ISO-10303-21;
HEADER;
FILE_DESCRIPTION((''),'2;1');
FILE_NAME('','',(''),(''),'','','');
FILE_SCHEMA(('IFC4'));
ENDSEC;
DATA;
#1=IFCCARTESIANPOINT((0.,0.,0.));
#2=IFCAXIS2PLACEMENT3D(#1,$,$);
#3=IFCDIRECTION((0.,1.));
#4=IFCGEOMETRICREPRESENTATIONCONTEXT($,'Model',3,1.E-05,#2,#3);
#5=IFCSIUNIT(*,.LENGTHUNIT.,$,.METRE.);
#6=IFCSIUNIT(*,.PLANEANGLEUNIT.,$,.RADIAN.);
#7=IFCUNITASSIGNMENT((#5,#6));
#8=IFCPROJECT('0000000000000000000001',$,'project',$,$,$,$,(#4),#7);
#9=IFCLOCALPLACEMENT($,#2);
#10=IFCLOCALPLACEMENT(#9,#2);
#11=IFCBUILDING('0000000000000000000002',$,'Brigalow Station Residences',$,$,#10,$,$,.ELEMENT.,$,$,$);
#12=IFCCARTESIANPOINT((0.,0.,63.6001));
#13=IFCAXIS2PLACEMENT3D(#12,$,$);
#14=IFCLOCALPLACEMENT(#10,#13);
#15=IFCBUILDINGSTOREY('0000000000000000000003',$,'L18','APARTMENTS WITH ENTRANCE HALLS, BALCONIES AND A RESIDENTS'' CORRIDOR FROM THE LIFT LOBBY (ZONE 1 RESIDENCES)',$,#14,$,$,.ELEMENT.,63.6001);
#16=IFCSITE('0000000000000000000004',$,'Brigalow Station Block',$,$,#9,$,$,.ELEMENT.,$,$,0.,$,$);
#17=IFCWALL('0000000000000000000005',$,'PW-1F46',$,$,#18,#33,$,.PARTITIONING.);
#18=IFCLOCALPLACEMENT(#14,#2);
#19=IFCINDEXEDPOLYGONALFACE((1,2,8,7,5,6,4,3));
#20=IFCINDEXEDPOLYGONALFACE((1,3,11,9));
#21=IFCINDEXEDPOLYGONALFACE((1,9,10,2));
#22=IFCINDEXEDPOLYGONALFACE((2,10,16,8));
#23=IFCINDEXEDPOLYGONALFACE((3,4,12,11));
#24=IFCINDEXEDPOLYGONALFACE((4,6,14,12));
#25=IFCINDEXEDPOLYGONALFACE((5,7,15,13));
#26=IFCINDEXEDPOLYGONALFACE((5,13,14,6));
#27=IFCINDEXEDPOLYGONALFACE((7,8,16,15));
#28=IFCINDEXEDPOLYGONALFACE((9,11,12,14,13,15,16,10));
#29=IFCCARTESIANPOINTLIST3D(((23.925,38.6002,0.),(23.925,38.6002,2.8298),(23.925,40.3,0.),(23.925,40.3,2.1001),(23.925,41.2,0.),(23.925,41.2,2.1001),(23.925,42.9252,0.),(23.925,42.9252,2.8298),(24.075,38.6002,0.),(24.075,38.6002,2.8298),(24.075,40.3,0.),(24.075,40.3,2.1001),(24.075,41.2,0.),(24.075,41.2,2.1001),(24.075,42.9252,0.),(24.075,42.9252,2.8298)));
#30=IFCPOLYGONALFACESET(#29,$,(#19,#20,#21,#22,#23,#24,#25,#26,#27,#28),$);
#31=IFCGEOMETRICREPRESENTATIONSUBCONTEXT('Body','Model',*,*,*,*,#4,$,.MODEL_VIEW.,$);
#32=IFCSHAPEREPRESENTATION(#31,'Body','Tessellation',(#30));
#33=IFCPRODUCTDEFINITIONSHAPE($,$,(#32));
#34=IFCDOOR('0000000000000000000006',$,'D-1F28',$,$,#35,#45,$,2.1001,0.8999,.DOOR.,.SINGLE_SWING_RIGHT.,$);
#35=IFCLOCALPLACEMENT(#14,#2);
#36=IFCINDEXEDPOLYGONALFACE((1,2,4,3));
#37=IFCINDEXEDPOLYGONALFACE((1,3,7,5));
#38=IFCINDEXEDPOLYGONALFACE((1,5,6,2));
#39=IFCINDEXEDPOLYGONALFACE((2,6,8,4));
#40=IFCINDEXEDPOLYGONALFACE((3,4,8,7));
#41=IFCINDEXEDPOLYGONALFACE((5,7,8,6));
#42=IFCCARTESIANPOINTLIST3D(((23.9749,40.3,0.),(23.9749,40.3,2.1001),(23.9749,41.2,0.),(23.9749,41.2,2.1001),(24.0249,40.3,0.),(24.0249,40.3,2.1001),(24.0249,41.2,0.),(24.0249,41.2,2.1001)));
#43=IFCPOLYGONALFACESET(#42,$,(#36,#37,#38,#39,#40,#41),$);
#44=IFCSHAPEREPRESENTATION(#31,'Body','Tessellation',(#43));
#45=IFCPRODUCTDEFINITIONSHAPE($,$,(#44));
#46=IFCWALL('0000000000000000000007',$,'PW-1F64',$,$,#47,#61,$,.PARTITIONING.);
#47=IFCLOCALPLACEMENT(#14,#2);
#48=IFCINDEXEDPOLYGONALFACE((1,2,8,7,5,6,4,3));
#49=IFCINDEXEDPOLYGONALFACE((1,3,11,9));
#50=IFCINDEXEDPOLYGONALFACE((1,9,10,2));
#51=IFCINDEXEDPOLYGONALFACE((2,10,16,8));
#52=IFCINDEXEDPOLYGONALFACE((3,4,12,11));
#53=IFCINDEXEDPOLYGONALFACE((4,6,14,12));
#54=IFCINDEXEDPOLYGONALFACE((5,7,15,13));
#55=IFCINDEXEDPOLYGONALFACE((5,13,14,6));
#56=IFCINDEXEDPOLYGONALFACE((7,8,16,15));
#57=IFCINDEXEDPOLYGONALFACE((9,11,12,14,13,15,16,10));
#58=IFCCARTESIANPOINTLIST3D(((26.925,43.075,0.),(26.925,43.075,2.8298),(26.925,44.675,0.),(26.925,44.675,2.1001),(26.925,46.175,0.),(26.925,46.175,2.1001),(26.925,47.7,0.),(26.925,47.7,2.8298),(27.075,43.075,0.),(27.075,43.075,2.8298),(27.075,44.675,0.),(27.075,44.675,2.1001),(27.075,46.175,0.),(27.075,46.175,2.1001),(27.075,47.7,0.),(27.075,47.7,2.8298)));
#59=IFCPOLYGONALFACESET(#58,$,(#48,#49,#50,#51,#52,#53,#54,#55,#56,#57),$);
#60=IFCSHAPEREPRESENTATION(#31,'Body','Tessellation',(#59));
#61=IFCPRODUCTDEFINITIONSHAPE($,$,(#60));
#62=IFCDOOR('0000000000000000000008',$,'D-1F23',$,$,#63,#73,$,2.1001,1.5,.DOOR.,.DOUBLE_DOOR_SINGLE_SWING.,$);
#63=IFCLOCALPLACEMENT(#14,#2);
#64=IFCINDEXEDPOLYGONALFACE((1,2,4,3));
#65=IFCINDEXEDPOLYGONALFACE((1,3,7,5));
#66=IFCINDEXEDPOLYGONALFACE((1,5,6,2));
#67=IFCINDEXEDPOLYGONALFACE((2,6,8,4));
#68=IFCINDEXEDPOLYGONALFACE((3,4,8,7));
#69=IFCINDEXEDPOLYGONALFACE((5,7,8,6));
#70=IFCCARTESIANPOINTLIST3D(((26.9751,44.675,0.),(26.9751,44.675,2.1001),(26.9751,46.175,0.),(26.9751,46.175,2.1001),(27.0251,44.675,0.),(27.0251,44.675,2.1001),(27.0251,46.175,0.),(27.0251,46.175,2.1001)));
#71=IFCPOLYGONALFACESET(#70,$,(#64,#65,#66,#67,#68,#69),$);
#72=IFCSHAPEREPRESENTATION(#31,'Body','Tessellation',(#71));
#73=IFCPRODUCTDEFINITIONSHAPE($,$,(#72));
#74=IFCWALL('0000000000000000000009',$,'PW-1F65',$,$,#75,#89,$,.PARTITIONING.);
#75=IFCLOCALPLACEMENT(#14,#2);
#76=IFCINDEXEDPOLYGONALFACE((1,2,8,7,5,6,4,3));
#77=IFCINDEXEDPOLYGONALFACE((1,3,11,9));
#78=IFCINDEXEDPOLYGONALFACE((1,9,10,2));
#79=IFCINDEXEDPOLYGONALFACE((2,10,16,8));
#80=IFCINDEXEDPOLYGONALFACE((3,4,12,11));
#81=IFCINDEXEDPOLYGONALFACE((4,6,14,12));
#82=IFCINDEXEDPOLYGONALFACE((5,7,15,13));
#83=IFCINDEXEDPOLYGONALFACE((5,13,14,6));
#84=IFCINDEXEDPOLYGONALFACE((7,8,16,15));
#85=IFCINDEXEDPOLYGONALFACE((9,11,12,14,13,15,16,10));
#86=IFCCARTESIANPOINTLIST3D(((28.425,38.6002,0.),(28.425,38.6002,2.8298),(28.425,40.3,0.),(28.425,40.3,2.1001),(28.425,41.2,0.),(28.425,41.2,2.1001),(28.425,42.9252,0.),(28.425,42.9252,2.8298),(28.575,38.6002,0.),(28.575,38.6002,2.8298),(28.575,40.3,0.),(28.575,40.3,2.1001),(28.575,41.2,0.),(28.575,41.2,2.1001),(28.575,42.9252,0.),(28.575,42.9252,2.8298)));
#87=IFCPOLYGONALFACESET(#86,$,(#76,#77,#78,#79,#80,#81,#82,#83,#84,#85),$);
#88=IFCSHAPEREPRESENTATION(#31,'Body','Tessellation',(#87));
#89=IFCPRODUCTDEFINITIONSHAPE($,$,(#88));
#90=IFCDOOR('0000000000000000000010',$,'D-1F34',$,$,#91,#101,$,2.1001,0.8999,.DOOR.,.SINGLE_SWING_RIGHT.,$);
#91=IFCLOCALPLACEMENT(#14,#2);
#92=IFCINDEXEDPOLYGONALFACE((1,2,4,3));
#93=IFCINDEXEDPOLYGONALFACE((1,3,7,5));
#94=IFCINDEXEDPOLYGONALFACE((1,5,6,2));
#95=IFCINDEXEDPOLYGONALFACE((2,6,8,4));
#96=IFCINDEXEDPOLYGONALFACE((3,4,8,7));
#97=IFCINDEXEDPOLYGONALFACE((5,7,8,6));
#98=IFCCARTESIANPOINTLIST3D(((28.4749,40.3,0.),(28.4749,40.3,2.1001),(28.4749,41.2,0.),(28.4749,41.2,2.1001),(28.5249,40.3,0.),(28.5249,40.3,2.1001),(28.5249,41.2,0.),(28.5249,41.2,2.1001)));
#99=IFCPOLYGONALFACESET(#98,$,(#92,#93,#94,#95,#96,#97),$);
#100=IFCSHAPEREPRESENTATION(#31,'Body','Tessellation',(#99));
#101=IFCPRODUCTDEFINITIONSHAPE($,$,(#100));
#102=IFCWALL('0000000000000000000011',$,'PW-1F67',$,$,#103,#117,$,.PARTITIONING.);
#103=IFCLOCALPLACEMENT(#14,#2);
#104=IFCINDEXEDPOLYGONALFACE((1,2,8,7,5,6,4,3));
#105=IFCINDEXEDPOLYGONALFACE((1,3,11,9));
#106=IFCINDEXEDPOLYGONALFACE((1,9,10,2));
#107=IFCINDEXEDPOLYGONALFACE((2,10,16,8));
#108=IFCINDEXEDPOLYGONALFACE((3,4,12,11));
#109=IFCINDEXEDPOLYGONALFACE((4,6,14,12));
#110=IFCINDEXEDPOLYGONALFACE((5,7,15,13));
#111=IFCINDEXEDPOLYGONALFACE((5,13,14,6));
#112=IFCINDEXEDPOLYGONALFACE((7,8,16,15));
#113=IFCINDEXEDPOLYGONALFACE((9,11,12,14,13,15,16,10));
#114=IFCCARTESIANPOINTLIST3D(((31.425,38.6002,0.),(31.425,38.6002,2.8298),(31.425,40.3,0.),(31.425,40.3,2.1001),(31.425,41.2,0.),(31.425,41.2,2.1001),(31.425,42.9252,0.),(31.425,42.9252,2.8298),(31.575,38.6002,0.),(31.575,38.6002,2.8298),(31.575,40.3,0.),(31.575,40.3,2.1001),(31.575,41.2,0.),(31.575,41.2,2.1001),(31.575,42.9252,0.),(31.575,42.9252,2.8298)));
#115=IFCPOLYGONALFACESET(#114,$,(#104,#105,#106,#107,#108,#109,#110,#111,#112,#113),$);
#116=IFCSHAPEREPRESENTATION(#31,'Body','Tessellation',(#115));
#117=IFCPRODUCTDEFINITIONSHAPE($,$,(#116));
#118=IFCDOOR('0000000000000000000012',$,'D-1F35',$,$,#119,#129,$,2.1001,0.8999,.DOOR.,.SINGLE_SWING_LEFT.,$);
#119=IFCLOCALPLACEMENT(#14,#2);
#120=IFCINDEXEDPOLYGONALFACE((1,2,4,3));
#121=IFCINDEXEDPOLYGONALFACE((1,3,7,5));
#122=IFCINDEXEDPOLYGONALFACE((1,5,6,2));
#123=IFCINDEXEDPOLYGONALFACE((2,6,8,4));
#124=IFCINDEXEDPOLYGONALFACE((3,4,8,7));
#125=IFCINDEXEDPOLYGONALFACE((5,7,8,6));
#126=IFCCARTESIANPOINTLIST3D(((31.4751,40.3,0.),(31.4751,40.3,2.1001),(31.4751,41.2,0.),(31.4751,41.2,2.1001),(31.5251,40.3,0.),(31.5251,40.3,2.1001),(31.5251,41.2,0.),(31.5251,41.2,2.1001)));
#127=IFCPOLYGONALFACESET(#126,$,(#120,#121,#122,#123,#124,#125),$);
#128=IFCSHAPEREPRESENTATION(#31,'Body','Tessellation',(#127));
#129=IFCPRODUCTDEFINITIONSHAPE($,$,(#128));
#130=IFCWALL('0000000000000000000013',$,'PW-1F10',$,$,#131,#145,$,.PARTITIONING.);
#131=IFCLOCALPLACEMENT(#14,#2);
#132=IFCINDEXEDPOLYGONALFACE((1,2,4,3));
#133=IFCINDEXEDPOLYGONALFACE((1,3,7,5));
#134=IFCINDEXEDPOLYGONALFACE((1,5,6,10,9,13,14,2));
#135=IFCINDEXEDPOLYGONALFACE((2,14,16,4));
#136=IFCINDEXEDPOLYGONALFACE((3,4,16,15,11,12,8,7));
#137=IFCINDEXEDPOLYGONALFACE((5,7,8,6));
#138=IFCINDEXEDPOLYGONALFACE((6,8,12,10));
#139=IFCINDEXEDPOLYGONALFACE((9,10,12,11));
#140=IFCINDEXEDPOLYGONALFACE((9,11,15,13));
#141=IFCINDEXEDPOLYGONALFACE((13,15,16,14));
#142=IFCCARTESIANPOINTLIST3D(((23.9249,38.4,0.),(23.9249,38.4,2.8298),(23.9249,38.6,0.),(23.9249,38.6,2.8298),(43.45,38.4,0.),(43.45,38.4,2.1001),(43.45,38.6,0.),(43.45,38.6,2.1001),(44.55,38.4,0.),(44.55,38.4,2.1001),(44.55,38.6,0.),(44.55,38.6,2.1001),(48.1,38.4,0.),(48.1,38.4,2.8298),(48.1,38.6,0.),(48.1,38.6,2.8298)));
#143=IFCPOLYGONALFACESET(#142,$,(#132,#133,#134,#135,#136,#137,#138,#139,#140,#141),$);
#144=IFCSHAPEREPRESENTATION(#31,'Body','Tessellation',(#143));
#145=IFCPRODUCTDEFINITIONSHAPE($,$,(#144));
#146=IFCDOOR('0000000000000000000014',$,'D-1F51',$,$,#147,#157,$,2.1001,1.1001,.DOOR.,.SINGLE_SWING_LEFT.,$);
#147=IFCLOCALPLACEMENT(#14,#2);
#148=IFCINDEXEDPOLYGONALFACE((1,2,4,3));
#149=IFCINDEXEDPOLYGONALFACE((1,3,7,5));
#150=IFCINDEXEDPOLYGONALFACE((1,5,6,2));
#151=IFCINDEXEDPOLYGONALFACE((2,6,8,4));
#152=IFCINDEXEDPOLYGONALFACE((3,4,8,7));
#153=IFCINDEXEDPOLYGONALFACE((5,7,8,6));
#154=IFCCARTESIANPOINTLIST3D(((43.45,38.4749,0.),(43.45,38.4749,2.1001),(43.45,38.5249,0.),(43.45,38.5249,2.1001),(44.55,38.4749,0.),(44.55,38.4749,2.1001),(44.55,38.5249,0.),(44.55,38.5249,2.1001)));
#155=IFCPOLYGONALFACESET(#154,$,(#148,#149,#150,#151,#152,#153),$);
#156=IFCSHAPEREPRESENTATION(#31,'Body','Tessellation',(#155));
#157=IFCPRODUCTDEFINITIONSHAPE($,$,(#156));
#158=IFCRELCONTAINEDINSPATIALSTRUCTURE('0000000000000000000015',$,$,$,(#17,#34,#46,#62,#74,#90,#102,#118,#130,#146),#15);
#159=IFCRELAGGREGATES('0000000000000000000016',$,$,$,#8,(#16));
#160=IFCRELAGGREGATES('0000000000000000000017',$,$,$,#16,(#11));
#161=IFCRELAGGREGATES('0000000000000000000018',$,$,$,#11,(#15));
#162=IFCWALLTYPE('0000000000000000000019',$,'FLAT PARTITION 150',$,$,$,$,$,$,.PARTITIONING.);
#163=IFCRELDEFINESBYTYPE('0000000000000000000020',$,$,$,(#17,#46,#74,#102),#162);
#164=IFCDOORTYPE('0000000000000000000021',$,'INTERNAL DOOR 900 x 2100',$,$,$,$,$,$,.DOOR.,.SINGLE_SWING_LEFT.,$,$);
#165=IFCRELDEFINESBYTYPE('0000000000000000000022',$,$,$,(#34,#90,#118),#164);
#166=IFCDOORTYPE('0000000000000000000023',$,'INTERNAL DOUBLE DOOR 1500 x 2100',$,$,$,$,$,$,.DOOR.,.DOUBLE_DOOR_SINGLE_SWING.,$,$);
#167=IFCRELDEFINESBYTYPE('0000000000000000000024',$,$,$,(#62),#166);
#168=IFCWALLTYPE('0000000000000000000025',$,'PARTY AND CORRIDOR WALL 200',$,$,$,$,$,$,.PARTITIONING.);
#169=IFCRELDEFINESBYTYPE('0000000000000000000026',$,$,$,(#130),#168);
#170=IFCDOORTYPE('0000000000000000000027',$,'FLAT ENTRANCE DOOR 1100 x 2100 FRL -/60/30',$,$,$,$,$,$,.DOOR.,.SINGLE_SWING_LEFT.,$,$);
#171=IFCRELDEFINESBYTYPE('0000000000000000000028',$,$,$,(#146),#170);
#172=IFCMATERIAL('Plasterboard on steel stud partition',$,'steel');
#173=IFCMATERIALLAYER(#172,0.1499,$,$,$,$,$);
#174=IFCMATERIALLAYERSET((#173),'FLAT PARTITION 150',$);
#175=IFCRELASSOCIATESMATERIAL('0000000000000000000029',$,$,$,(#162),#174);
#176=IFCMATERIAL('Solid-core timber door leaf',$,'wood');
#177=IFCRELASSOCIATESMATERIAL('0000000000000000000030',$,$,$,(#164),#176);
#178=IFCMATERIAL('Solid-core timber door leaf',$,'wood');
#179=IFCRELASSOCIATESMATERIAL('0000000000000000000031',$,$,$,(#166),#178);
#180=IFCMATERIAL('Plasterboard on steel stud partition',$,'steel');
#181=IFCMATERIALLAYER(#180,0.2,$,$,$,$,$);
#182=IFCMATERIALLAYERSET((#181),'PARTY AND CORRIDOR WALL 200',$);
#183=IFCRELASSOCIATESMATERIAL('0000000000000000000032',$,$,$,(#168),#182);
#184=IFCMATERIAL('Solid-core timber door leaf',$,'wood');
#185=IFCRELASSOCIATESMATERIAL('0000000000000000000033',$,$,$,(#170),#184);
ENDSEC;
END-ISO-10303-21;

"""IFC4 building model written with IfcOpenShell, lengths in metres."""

from ifc_helpers import new_model, si_unit, direction, frame, frame_2d, origin, place, context, subcontext, project, spatial, rectangle, extrude, material, layer, layer_set, type_object, element, fill, save


model = new_model("IFC4")

# Units and contexts
model_context = context("Model", 3, precision=1e-05, world=origin(), true_north=direction((0.0, 1.0)))
body_context = subcontext(model_context, "Body", "Model", "MODEL_VIEW")
ifc_project = project(units=[si_unit("LENGTHUNIT", "METRE"), si_unit("PLANEANGLEUNIT", "RADIAN")], contexts=[model_context])

# Site, building, storey
site_placement = place(None, origin())
site = spatial("IfcSite", under=ifc_project, at=site_placement, Name="Brigalow Station Block", CompositionType="ELEMENT", RefElevation=0.0)
building_placement = place(site_placement, origin())
building = spatial("IfcBuilding", under=site, at=building_placement, Name="Brigalow Station Residences", CompositionType="ELEMENT")
storey_placement = place(building_placement, frame((0.0, 0.0, 63.6001)))
storey = spatial("IfcBuildingStorey", under=building, at=storey_placement, Name="L18", Description="APARTMENTS WITH ENTRANCE HALLS, BALCONIES AND A RESIDENTS' CORRIDOR FROM THE LIFT LOBBY (ZONE 1 RESIDENCES)", CompositionType="ELEMENT", Elevation=63.6001)

# Walls, openings, doors
ifc_material_1 = material(Name="Plasterboard on steel stud partition", Category="steel")
ifc_layer_1 = layer(ifc_material_1, 0.1499)
ifc_layer_set_1 = layer_set([ifc_layer_1], Name="FLAT PARTITION 150")
wall_type_1 = type_object("IfcWallType", Name="FLAT PARTITION 150", PredefinedType="PARTITIONING", material=ifc_layer_set_1)
wall_1_placement = place(storey_placement, frame((24.0, 38.6001, 0.0), z_axis=(0.0, 0.0, 1.0), x_axis=(0.0, 1.0, 0.0)))
wall_1 = element("IfcWall", 1, at=wall_1_placement, inside=storey, type_object=wall_type_1, Name="PW-1F46", PredefinedType="PARTITIONING", context=body_context, shape_type="SweptSolid", body=[
    extrude(rectangle(XDim=4.325, YDim=0.1499, at=frame_2d((2.1626, 0.0))), origin(), (0.0, 0.0, 1.0), 2.8298),
])
opening_1_placement = place(wall_1_placement, frame((1.7, 0.0, 0.0)))
opening_1 = element("IfcOpeningElement", 2, at=opening_1_placement, cuts=wall_1, PredefinedType="OPENING", context=body_context, shape_type="SweptSolid", body=[
    extrude(rectangle(XDim=0.8999, YDim=2.1001, at=frame_2d((0.45, 1.05))), frame((0.0, 0.085, 0.0), z_axis=(0.0, -1.0, 0.0), x_axis=(1.0, 0.0, 0.0)), (0.0, 0.0, 1.0), 0.1699),
])
ifc_material_2 = material(Name="Solid-core timber door leaf", Category="wood")
door_type_1 = type_object("IfcDoorType", Name="INTERNAL DOOR 900 x 2100", OperationType="SINGLE_SWING_LEFT", PredefinedType="DOOR", material=ifc_material_2)
door_1_placement = place(opening_1_placement, frame((0.8999, 0.0, 0.0), z_axis=(0.0, 0.0, 1.0), x_axis=(-1.0, 0.0, 0.0)))
door_1 = element("IfcDoor", 3, at=door_1_placement, inside=storey, type_object=door_type_1, Name="D-1F28", OperationType="SINGLE_SWING_RIGHT", OverallHeight=2.1001, OverallWidth=0.8999, PredefinedType="DOOR", context=body_context, shape_type="SweptSolid", body=[
    extrude(rectangle(XDim=0.8999, YDim=2.1001, at=frame_2d((0.45, 1.05))), frame((0.0, 0.0249, 0.0), z_axis=(0.0, -1.0, 0.0), x_axis=(1.0, 0.0, 0.0)), (0.0, 0.0, 1.0), 0.05),
])
fill(opening_1, door_1)
wall_2_placement = place(storey_placement, frame((27.0, 43.075, 0.0), z_axis=(0.0, 0.0, 1.0), x_axis=(0.0, 1.0, 0.0)))
wall_2 = element("IfcWall", 4, at=wall_2_placement, inside=storey, type_object=wall_type_1, Name="PW-1F64", PredefinedType="PARTITIONING", context=body_context, shape_type="SweptSolid", body=[
    extrude(rectangle(XDim=4.625, YDim=0.1499, at=frame_2d((2.3125, 0.0))), origin(), (0.0, 0.0, 1.0), 2.8298),
])
opening_2_placement = place(wall_2_placement, frame((1.6001, 0.0, 0.0)))
opening_2 = element("IfcOpeningElement", 5, at=opening_2_placement, cuts=wall_2, PredefinedType="OPENING", context=body_context, shape_type="SweptSolid", body=[
    extrude(rectangle(XDim=1.5, YDim=2.1001, at=frame_2d((0.75, 1.05))), frame((0.0, 0.085, 0.0), z_axis=(0.0, -1.0, 0.0), x_axis=(1.0, 0.0, 0.0)), (0.0, 0.0, 1.0), 0.1699),
])
ifc_material_3 = material(Name="Solid-core timber door leaf", Category="wood")
door_type_2 = type_object("IfcDoorType", Name="INTERNAL DOUBLE DOOR 1500 x 2100", OperationType="DOUBLE_DOOR_SINGLE_SWING", PredefinedType="DOOR", material=ifc_material_3)
door_2_placement = place(opening_2_placement, origin())
door_2 = element("IfcDoor", 6, at=door_2_placement, inside=storey, type_object=door_type_2, Name="D-1F23", OperationType="DOUBLE_DOOR_SINGLE_SWING", OverallHeight=2.1001, OverallWidth=1.5, PredefinedType="DOOR", context=body_context, shape_type="SweptSolid", body=[
    extrude(rectangle(XDim=1.5, YDim=2.1001, at=frame_2d((0.75, 1.05))), frame((0.0, 0.0249, 0.0), z_axis=(0.0, -1.0, 0.0), x_axis=(1.0, 0.0, 0.0)), (0.0, 0.0, 1.0), 0.05),
])
fill(opening_2, door_2)
wall_3_placement = place(storey_placement, frame((28.5, 38.6001, 0.0), z_axis=(0.0, 0.0, 1.0), x_axis=(0.0, 1.0, 0.0)))
wall_3 = element("IfcWall", 7, at=wall_3_placement, inside=storey, type_object=wall_type_1, Name="PW-1F65", PredefinedType="PARTITIONING", context=body_context, shape_type="SweptSolid", body=[
    extrude(rectangle(XDim=4.325, YDim=0.1499, at=frame_2d((2.1626, 0.0))), origin(), (0.0, 0.0, 1.0), 2.8298),
])
opening_3_placement = place(wall_3_placement, frame((1.7, 0.0, 0.0)))
opening_3 = element("IfcOpeningElement", 8, at=opening_3_placement, cuts=wall_3, PredefinedType="OPENING", context=body_context, shape_type="SweptSolid", body=[
    extrude(rectangle(XDim=0.8999, YDim=2.1001, at=frame_2d((0.45, 1.05))), frame((0.0, 0.085, 0.0), z_axis=(0.0, -1.0, 0.0), x_axis=(1.0, 0.0, 0.0)), (0.0, 0.0, 1.0), 0.1699),
])
door_3_placement = place(opening_3_placement, frame((0.8999, 0.0, 0.0), z_axis=(0.0, 0.0, 1.0), x_axis=(-1.0, 0.0, 0.0)))
door_3 = element("IfcDoor", 9, at=door_3_placement, inside=storey, type_object=door_type_1, Name="D-1F34", OperationType="SINGLE_SWING_RIGHT", OverallHeight=2.1001, OverallWidth=0.8999, PredefinedType="DOOR", context=body_context, shape_type="SweptSolid", body=[
    extrude(rectangle(XDim=0.8999, YDim=2.1001, at=frame_2d((0.45, 1.05))), frame((0.0, 0.0249, 0.0), z_axis=(0.0, -1.0, 0.0), x_axis=(1.0, 0.0, 0.0)), (0.0, 0.0, 1.0), 0.05),
])
fill(opening_3, door_3)
wall_4_placement = place(storey_placement, frame((31.5, 38.6001, 0.0), z_axis=(0.0, 0.0, 1.0), x_axis=(0.0, 1.0, 0.0)))
wall_4 = element("IfcWall", 10, at=wall_4_placement, inside=storey, type_object=wall_type_1, Name="PW-1F67", PredefinedType="PARTITIONING", context=body_context, shape_type="SweptSolid", body=[
    extrude(rectangle(XDim=4.325, YDim=0.1499, at=frame_2d((2.1626, 0.0))), origin(), (0.0, 0.0, 1.0), 2.8298),
])
opening_4_placement = place(wall_4_placement, frame((1.7, 0.0, 0.0)))
opening_4 = element("IfcOpeningElement", 11, at=opening_4_placement, cuts=wall_4, PredefinedType="OPENING", context=body_context, shape_type="SweptSolid", body=[
    extrude(rectangle(XDim=0.8999, YDim=2.1001, at=frame_2d((0.45, 1.05))), frame((0.0, 0.085, 0.0), z_axis=(0.0, -1.0, 0.0), x_axis=(1.0, 0.0, 0.0)), (0.0, 0.0, 1.0), 0.1699),
])
door_4_placement = place(opening_4_placement, origin())
door_4 = element("IfcDoor", 12, at=door_4_placement, inside=storey, type_object=door_type_1, Name="D-1F35", OperationType="SINGLE_SWING_LEFT", OverallHeight=2.1001, OverallWidth=0.8999, PredefinedType="DOOR", context=body_context, shape_type="SweptSolid", body=[
    extrude(rectangle(XDim=0.8999, YDim=2.1001, at=frame_2d((0.45, 1.05))), frame((0.0, 0.0249, 0.0), z_axis=(0.0, -1.0, 0.0), x_axis=(1.0, 0.0, 0.0)), (0.0, 0.0, 1.0), 0.05),
])
fill(opening_4, door_4)
ifc_material_4 = material(Name="Plasterboard on steel stud partition", Category="steel")
ifc_layer_2 = layer(ifc_material_4, 0.2)
ifc_layer_set_2 = layer_set([ifc_layer_2], Name="PARTY AND CORRIDOR WALL 200")
wall_type_2 = type_object("IfcWallType", Name="PARTY AND CORRIDOR WALL 200", PredefinedType="PARTITIONING", material=ifc_layer_set_2)
wall_5_placement = place(storey_placement, frame((23.925, 38.5, 0.0), z_axis=(0.0, 0.0, 1.0), x_axis=(1.0, 0.0, 0.0)))
wall_5 = element("IfcWall", 13, at=wall_5_placement, inside=storey, type_object=wall_type_2, Name="PW-1F10", PredefinedType="PARTITIONING", context=body_context, shape_type="SweptSolid", body=[
    extrude(rectangle(XDim=24.175, YDim=0.2, at=frame_2d((12.0874, 0.0))), origin(), (0.0, 0.0, 1.0), 2.8298),
])
opening_5_placement = place(wall_5_placement, frame((19.5249, 0.0, 0.0)))
opening_5 = element("IfcOpeningElement", 14, at=opening_5_placement, cuts=wall_5, PredefinedType="OPENING", context=body_context, shape_type="SweptSolid", body=[
    extrude(rectangle(XDim=1.1001, YDim=2.1001, at=frame_2d((0.55, 1.05))), frame((0.0, 0.1099, 0.0), z_axis=(0.0, -1.0, 0.0), x_axis=(1.0, 0.0, 0.0)), (0.0, 0.0, 1.0), 0.22),
])
ifc_material_5 = material(Name="Solid-core timber door leaf", Category="wood")
door_type_3 = type_object("IfcDoorType", Name="FLAT ENTRANCE DOOR 1100 x 2100 FRL -/60/30", OperationType="SINGLE_SWING_LEFT", PredefinedType="DOOR", material=ifc_material_5)
door_5_placement = place(opening_5_placement, origin())
door_5 = element("IfcDoor", 15, at=door_5_placement, inside=storey, type_object=door_type_3, Name="D-1F51", OperationType="SINGLE_SWING_LEFT", OverallHeight=2.1001, OverallWidth=1.1001, PredefinedType="DOOR", context=body_context, shape_type="SweptSolid", body=[
    extrude(rectangle(XDim=1.1001, YDim=2.1001, at=frame_2d((0.55, 1.05))), frame((0.0, 0.0249, 0.0), z_axis=(0.0, -1.0, 0.0), x_axis=(1.0, 0.0, 0.0)), (0.0, 0.0, 1.0), 0.05),
])
fill(opening_5, door_5)

save(model, "model.ifc")
